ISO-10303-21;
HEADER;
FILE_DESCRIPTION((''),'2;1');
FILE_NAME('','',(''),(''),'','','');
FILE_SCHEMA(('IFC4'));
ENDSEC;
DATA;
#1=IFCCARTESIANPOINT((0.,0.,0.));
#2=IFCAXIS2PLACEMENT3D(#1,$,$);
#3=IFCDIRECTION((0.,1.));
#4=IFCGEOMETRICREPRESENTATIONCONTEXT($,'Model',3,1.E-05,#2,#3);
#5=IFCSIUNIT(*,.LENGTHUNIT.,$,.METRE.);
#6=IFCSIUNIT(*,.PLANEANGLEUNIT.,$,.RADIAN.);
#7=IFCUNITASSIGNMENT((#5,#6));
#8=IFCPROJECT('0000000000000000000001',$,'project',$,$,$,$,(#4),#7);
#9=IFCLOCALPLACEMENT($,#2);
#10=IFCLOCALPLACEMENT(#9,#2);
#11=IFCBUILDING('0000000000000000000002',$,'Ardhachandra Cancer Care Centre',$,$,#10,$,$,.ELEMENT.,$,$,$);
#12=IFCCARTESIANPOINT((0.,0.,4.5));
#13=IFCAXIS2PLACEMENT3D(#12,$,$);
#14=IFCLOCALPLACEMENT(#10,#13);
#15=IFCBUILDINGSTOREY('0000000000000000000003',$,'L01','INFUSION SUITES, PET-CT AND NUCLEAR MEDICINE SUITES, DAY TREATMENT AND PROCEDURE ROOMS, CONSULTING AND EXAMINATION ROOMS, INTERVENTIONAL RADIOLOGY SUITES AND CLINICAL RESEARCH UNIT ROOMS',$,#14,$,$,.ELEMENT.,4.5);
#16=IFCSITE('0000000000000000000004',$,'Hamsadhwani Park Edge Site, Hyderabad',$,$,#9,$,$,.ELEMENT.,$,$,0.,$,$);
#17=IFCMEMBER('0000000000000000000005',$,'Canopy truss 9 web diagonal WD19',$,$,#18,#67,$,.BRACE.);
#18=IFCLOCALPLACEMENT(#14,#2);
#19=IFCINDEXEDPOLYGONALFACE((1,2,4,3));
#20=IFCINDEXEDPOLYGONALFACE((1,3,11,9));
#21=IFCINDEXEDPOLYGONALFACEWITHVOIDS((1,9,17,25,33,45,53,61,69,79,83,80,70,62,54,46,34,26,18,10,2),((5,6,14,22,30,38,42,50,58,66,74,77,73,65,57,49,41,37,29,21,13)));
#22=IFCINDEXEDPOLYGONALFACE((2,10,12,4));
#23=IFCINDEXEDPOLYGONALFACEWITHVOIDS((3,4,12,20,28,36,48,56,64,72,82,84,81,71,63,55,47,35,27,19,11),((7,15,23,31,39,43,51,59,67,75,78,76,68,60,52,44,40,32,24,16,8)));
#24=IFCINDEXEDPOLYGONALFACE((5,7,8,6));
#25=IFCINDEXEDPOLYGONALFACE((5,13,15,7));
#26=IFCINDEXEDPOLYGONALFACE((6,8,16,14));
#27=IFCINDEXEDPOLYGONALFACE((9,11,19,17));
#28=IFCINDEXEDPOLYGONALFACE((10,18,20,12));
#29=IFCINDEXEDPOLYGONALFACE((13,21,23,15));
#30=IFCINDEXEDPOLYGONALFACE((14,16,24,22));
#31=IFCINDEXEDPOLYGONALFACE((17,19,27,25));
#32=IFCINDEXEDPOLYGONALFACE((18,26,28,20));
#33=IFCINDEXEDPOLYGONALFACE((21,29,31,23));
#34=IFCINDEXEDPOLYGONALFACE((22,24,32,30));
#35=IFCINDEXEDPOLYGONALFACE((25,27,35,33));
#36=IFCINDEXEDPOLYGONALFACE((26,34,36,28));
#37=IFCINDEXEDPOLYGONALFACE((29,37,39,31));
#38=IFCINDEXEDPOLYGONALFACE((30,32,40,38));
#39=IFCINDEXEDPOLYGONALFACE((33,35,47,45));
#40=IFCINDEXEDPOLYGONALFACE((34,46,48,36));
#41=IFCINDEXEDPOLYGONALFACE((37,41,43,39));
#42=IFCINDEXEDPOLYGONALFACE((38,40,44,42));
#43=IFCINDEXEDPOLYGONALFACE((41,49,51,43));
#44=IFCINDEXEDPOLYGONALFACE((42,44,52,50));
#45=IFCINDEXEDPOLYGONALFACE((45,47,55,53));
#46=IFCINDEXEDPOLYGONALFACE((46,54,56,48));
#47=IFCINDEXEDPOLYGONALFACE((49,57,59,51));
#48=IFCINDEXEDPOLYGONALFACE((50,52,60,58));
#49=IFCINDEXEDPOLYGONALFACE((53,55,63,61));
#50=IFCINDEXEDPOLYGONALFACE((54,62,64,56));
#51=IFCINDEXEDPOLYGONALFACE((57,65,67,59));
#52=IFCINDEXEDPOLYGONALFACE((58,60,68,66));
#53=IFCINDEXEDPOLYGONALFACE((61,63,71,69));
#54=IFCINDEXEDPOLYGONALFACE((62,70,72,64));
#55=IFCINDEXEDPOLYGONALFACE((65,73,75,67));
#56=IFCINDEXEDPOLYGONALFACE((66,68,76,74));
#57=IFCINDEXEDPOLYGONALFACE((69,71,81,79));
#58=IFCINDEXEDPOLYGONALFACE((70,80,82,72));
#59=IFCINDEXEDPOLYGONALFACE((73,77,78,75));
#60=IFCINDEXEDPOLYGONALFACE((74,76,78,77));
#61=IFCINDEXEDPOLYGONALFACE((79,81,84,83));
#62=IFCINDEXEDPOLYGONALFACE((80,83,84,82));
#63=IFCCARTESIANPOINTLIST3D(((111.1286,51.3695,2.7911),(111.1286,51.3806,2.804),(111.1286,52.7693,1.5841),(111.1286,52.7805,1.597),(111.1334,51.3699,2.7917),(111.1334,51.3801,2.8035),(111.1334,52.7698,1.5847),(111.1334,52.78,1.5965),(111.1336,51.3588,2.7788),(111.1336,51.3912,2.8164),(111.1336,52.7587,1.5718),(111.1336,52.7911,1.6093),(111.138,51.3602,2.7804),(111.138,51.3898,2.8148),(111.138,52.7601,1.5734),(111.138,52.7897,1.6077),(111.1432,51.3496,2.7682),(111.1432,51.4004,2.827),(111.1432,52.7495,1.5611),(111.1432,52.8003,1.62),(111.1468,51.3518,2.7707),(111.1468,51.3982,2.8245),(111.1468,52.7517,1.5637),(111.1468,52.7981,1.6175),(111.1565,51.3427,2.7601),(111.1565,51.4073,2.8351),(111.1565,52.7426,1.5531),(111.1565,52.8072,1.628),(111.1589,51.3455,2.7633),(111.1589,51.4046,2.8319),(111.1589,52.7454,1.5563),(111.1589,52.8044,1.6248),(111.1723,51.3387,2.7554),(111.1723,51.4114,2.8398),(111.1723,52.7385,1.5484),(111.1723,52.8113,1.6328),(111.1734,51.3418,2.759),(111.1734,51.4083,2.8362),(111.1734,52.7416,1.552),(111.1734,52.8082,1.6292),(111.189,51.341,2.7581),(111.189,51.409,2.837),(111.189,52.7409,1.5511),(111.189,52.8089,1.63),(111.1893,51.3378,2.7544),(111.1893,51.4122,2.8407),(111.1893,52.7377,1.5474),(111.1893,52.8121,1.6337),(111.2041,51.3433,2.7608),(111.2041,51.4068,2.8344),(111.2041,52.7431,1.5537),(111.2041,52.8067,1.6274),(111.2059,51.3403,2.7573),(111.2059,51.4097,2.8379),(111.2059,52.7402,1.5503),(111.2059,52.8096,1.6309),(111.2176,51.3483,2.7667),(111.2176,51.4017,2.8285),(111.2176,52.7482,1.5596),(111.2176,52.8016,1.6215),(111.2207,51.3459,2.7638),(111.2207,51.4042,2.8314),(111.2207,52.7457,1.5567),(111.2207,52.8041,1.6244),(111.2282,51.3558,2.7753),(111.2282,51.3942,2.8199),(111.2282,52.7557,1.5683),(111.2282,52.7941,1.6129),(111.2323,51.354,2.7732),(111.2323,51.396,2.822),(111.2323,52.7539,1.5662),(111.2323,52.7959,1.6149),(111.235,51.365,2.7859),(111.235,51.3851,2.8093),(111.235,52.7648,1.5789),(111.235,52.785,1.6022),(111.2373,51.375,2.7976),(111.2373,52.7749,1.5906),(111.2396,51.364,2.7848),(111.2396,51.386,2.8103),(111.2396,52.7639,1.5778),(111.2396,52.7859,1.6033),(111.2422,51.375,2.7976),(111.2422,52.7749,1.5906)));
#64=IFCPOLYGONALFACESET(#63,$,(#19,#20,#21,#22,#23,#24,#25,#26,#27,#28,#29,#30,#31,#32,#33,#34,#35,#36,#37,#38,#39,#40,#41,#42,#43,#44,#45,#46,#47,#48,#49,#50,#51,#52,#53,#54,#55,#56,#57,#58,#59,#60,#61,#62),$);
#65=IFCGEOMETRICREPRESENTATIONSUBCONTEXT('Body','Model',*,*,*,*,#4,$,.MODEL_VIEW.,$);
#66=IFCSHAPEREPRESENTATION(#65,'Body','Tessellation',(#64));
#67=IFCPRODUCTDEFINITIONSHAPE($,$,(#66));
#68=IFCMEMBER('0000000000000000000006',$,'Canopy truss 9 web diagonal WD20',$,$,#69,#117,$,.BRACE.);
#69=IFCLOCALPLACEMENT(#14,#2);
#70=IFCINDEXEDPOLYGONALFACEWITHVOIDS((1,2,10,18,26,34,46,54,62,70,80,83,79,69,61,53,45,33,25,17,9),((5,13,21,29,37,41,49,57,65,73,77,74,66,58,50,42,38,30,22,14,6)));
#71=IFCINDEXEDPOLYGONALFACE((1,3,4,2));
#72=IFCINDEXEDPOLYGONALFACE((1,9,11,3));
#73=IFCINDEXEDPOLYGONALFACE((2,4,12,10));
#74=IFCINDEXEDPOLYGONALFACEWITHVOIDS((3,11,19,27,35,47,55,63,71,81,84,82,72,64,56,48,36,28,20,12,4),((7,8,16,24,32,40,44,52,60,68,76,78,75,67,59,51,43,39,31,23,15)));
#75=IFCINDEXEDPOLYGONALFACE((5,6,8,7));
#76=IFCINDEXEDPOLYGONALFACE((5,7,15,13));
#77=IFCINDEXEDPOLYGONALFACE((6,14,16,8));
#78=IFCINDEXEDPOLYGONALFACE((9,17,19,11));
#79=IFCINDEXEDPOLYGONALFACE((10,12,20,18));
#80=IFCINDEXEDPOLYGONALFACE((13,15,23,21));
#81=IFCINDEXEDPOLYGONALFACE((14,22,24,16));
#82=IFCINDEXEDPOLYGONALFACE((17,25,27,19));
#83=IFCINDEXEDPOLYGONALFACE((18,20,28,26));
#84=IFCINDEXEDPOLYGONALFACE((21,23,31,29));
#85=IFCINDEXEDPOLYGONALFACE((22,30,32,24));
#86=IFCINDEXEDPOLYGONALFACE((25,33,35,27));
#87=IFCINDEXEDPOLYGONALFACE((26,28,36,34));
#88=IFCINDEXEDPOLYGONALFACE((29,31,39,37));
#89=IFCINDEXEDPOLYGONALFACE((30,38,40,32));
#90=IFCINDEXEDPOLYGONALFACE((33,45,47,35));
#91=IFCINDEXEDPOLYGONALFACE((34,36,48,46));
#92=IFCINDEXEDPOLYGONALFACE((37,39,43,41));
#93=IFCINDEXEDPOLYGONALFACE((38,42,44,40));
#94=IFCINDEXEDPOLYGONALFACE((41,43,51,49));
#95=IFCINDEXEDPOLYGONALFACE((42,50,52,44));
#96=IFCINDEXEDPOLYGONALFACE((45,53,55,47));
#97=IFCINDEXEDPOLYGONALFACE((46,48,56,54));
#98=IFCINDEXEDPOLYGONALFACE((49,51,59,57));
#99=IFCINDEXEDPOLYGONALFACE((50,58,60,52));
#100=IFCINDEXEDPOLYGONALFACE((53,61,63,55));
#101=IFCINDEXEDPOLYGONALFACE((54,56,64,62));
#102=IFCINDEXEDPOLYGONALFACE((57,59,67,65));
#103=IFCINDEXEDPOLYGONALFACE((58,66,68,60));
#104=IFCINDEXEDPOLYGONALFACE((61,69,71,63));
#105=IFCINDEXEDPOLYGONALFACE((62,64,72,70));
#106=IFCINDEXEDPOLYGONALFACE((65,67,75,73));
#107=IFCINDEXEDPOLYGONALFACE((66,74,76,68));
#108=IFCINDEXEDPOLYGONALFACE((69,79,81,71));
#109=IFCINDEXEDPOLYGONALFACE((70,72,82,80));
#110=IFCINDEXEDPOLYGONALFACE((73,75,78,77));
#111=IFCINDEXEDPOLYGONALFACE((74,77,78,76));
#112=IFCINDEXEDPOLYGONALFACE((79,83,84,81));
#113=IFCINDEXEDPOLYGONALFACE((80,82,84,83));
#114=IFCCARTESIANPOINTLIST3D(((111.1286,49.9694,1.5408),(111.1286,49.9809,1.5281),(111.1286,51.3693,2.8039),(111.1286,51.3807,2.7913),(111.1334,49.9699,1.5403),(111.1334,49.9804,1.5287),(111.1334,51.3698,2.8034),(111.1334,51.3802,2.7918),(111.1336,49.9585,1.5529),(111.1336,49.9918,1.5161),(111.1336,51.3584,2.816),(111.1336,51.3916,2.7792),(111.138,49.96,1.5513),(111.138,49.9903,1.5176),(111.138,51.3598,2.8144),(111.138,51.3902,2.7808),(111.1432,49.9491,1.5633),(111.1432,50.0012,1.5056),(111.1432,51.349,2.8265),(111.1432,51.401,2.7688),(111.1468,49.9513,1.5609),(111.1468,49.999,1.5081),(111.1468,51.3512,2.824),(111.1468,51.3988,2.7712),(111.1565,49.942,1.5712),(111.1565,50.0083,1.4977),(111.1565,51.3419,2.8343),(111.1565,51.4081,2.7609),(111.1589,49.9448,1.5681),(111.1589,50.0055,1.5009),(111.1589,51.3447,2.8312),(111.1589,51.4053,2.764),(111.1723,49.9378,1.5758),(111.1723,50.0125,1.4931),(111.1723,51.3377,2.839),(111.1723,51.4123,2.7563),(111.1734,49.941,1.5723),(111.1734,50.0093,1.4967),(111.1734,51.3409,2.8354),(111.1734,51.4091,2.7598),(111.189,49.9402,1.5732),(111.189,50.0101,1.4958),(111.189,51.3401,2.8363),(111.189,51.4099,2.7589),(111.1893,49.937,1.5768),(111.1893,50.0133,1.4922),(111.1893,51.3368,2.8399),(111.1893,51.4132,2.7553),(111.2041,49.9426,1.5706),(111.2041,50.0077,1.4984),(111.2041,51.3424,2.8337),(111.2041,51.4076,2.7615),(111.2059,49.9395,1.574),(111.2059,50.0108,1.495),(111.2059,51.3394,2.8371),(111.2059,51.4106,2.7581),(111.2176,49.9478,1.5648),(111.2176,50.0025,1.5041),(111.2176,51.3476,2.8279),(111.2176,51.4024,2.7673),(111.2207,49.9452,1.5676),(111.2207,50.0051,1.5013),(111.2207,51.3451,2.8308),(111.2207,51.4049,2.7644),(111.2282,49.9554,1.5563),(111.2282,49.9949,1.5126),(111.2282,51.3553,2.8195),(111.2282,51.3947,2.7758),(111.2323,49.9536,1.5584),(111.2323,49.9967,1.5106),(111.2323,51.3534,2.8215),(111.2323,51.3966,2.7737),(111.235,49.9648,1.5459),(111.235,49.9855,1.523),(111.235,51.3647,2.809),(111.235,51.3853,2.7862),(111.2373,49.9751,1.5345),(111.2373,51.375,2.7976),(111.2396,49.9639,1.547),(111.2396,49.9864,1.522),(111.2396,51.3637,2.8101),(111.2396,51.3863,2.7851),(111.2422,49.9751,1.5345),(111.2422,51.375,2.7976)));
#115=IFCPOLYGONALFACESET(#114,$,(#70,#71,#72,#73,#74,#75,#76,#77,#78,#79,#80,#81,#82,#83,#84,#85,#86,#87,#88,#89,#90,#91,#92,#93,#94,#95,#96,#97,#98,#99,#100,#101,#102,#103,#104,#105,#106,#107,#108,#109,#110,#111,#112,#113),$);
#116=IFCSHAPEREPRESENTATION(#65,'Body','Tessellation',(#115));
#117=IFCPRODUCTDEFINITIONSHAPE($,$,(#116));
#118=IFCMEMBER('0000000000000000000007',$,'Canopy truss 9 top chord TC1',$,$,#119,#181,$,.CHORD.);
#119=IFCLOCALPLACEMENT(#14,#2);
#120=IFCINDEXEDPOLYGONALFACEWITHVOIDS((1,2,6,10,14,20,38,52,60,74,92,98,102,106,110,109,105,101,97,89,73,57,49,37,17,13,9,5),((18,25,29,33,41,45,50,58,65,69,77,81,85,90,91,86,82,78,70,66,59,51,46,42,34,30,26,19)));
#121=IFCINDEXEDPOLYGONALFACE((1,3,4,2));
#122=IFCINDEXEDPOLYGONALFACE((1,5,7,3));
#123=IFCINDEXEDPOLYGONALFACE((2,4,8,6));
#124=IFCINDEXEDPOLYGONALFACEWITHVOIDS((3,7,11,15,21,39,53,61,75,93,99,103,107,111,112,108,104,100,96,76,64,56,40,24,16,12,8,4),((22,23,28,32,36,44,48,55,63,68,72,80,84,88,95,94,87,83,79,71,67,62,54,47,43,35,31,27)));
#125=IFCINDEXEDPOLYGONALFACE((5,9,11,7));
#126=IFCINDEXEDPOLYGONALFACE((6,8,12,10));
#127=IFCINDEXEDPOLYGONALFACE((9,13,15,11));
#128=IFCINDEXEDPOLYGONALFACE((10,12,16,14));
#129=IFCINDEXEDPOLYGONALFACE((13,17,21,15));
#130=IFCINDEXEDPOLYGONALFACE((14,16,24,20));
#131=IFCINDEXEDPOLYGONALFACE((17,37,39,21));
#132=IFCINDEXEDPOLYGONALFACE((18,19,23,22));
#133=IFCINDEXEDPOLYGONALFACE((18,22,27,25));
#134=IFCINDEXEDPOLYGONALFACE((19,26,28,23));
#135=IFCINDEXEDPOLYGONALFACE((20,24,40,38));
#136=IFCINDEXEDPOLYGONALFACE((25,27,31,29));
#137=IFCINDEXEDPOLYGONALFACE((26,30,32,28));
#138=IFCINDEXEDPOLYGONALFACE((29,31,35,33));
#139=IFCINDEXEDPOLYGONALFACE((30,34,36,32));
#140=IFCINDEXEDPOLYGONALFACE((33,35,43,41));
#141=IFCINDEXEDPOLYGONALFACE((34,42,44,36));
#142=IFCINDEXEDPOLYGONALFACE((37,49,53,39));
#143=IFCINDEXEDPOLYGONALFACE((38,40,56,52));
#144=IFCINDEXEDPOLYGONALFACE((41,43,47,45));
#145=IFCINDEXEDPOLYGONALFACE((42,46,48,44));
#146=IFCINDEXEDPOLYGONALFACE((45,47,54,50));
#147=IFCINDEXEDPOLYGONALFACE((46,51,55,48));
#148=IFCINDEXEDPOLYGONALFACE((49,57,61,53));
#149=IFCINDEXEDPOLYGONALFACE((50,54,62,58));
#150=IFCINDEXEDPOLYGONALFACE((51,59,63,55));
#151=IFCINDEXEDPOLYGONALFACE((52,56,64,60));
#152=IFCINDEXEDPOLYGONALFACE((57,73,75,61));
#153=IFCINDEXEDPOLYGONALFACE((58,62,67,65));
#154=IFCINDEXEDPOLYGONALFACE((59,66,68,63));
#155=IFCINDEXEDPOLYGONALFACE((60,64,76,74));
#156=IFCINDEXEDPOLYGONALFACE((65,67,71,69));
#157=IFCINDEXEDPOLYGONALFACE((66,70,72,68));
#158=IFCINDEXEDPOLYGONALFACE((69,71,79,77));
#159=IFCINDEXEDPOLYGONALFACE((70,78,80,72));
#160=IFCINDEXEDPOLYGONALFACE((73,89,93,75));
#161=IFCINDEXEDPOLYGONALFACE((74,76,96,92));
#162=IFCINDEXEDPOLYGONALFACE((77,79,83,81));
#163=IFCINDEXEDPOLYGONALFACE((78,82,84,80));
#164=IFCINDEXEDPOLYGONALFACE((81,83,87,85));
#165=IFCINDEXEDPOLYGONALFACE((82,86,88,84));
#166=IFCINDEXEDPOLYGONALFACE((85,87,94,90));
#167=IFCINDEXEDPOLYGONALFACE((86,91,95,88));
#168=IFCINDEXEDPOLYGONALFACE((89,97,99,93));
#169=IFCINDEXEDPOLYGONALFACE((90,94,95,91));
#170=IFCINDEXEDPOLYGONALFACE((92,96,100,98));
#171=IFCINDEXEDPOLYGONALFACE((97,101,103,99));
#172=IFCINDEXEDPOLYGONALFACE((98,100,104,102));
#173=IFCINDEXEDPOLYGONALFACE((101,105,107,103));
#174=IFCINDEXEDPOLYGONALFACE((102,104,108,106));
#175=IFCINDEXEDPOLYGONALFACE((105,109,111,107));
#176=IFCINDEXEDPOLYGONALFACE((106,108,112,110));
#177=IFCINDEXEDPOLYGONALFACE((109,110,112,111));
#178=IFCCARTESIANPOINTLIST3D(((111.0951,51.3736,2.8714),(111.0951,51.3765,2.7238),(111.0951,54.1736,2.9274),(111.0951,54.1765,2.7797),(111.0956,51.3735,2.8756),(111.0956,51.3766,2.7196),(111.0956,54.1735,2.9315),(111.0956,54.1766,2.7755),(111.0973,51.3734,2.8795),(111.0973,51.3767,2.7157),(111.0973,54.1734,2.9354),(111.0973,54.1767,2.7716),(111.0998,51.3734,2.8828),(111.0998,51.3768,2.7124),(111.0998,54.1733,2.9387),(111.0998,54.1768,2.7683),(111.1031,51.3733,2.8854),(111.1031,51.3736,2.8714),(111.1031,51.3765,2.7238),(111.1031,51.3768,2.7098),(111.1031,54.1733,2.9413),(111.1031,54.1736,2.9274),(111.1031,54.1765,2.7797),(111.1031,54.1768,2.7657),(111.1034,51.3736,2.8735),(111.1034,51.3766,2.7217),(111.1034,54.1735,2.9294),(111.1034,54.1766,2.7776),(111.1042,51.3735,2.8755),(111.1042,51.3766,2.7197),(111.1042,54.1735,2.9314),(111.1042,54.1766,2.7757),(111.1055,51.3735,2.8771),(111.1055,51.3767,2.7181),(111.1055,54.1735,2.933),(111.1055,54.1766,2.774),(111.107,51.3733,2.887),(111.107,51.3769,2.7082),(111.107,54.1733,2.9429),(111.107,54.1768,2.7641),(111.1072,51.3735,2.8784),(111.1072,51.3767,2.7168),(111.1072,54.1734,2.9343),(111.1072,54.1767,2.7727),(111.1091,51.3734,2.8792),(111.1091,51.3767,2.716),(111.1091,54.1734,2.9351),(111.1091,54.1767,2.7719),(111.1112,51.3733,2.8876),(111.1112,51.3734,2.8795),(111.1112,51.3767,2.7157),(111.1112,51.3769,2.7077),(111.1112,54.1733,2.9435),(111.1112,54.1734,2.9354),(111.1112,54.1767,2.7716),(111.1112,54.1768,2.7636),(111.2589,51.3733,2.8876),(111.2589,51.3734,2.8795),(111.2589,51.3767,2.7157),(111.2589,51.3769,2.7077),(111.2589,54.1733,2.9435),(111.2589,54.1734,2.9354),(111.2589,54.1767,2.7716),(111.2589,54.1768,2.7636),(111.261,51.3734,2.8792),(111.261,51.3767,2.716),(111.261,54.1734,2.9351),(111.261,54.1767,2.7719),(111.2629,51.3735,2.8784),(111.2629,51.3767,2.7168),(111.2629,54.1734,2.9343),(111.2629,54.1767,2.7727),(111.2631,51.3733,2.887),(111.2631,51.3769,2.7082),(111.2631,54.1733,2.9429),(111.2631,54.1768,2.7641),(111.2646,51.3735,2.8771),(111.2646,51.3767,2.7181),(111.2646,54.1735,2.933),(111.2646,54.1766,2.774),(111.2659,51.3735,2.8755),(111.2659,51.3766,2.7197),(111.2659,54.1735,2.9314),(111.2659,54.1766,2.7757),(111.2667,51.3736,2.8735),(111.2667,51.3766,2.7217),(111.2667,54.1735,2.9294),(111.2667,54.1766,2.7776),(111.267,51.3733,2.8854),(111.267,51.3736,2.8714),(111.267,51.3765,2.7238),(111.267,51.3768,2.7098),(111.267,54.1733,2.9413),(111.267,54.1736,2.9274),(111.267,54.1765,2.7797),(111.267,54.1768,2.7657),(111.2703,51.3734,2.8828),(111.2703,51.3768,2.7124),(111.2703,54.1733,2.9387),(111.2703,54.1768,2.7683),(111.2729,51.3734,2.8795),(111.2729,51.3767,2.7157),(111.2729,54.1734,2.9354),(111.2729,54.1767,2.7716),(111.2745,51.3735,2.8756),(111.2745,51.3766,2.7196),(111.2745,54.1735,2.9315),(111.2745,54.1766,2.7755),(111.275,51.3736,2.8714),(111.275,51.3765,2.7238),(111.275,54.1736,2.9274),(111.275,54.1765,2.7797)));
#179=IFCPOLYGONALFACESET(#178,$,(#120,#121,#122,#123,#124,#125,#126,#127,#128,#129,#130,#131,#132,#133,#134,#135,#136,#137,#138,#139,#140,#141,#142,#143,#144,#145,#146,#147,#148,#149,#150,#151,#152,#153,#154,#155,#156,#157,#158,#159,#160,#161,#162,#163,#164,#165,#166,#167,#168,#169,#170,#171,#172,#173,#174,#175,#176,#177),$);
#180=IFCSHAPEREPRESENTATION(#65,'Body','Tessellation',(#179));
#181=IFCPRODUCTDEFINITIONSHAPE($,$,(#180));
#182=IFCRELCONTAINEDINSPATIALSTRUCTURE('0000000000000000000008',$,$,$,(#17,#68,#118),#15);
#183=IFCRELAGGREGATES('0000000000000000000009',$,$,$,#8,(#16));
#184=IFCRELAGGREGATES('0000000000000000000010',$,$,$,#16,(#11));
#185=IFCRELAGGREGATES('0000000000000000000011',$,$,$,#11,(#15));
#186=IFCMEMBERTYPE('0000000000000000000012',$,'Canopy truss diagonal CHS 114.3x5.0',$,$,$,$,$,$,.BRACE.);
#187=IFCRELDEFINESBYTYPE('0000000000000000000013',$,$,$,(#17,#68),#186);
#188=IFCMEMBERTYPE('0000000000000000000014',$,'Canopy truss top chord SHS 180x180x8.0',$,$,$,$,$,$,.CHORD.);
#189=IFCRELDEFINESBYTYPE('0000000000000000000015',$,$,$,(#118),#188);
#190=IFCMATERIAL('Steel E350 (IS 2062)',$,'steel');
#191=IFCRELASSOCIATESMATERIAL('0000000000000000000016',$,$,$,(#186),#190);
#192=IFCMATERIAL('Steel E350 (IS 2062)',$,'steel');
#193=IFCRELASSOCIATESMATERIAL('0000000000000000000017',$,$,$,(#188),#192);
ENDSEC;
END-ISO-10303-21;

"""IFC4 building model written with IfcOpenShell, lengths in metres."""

from ifc_helpers import new_model, si_unit, direction, frame, origin, origin_2d, place, context, subcontext, project, spatial, hollow_rectangle, hollow_circle, extrude, material, material_profile, profile_set, type_object, element, save


model = new_model("IFC4")

# Units and contexts
model_context = context("Model", 3, precision=1e-05, world=origin(), true_north=direction((0.0, 1.0)))
body_context = subcontext(model_context, "Body", "Model", "MODEL_VIEW")
ifc_project = project(units=[si_unit("LENGTHUNIT", "METRE"), si_unit("PLANEANGLEUNIT", "RADIAN")], contexts=[model_context])

# Site, building, storey
site_placement = place(None, origin())
site = spatial("IfcSite", under=ifc_project, at=site_placement, Name="Hamsadhwani Park Edge Site, Hyderabad", CompositionType="ELEMENT", RefElevation=0.0)
building_placement = place(site_placement, origin())
building = spatial("IfcBuilding", under=site, at=building_placement, Name="Ardhachandra Cancer Care Centre", CompositionType="ELEMENT")
storey_placement = place(building_placement, frame((0.0, 0.0, 4.5)))
storey = spatial("IfcBuildingStorey", under=building, at=storey_placement, Name="L01", Description="INFUSION SUITES, PET-CT AND NUCLEAR MEDICINE SUITES, DAY TREATMENT AND PROCEDURE ROOMS, CONSULTING AND EXAMINATION ROOMS, INTERVENTIONAL RADIOLOGY SUITES AND CLINICAL RESEARCH UNIT ROOMS", CompositionType="ELEMENT", Elevation=4.5)

# Members
ifc_material_1 = material(Name="Steel E350 (IS 2062)", Category="steel")
ifc_material_profile_1 = material_profile(ifc_material_1, hollow_circle(Radius=0.0571, WallThickness=0.0049, at=origin_2d()), Name="CHS 114.3x5.0")
ifc_profile_set_1 = profile_set([ifc_material_profile_1], Name="Steel E350 (IS 2062)")
member_type_1 = type_object("IfcMemberType", Name="Canopy truss diagonal CHS 114.3x5.0", PredefinedType="BRACE", material=ifc_profile_set_1)
member_1_placement = place(storey_placement, frame((111.1851, 52.7749, 1.5906), z_axis=(0.0, -0.757351, 0.653008), x_axis=(1.0, 0.0, 0.0)))
element("IfcMember", 1, at=member_1_placement, inside=storey, type_object=member_type_1, Name="Canopy truss 9 web diagonal WD19", PredefinedType="BRACE", context=body_context, shape_type="SweptSolid", body=[
    extrude(hollow_circle(Radius=0.0571, WallThickness=0.0049, at=origin_2d()), origin(), (0.0, 0.0, 1.0), 1.8484),
])
member_2_placement = place(storey_placement, frame((111.1851, 51.375, 2.7976), z_axis=(0.0, -0.742431, -0.669923), x_axis=(1.0, 0.0, 0.0)))
element("IfcMember", 2, at=member_2_placement, inside=storey, type_object=member_type_1, Name="Canopy truss 9 web diagonal WD20", PredefinedType="BRACE", context=body_context, shape_type="SweptSolid", body=[
    extrude(hollow_circle(Radius=0.0571, WallThickness=0.0049, at=origin_2d()), origin(), (0.0, 0.0, 1.0), 1.8855),
])
ifc_material_2 = material(Name="Steel E350 (IS 2062)", Category="steel")
ifc_material_profile_2 = material_profile(ifc_material_2, hollow_rectangle(XDim=0.1799, YDim=0.1799, WallThickness=0.0081, InnerFilletRadius=0.0081, OuterFilletRadius=0.0161, at=origin_2d()), Name="SHS 180x180x8.0")
ifc_profile_set_2 = profile_set([ifc_material_profile_2], Name="Steel E350 (IS 2062)")
member_type_2 = type_object("IfcMemberType", Name="Canopy truss top chord SHS 180x180x8.0", PredefinedType="CHORD", material=ifc_profile_set_2)
for number, where, z_axis, x_axis, name in (
    (3, (111.1851, 54.175, 2.8535), (0.0, -0.999801, -0.019963), (1.0, 0.0, 0.0), "Canopy truss 9 top chord TC1"),
):
    element("IfcMember", number, at=place(storey_placement, frame(where, z_axis=z_axis, x_axis=x_axis)), inside=storey, type_object=member_type_2, Name=name, PredefinedType="CHORD", context=body_context, shape_type="SweptSolid", body=[
        extrude(hollow_rectangle(XDim=0.1799, YDim=0.1799, WallThickness=0.0081, InnerFilletRadius=0.0081, OuterFilletRadius=0.0161, at=origin_2d()), origin(), (0.0, 0.0, 1.0), 2.8005),
    ])

save(model, "model.ifc")
